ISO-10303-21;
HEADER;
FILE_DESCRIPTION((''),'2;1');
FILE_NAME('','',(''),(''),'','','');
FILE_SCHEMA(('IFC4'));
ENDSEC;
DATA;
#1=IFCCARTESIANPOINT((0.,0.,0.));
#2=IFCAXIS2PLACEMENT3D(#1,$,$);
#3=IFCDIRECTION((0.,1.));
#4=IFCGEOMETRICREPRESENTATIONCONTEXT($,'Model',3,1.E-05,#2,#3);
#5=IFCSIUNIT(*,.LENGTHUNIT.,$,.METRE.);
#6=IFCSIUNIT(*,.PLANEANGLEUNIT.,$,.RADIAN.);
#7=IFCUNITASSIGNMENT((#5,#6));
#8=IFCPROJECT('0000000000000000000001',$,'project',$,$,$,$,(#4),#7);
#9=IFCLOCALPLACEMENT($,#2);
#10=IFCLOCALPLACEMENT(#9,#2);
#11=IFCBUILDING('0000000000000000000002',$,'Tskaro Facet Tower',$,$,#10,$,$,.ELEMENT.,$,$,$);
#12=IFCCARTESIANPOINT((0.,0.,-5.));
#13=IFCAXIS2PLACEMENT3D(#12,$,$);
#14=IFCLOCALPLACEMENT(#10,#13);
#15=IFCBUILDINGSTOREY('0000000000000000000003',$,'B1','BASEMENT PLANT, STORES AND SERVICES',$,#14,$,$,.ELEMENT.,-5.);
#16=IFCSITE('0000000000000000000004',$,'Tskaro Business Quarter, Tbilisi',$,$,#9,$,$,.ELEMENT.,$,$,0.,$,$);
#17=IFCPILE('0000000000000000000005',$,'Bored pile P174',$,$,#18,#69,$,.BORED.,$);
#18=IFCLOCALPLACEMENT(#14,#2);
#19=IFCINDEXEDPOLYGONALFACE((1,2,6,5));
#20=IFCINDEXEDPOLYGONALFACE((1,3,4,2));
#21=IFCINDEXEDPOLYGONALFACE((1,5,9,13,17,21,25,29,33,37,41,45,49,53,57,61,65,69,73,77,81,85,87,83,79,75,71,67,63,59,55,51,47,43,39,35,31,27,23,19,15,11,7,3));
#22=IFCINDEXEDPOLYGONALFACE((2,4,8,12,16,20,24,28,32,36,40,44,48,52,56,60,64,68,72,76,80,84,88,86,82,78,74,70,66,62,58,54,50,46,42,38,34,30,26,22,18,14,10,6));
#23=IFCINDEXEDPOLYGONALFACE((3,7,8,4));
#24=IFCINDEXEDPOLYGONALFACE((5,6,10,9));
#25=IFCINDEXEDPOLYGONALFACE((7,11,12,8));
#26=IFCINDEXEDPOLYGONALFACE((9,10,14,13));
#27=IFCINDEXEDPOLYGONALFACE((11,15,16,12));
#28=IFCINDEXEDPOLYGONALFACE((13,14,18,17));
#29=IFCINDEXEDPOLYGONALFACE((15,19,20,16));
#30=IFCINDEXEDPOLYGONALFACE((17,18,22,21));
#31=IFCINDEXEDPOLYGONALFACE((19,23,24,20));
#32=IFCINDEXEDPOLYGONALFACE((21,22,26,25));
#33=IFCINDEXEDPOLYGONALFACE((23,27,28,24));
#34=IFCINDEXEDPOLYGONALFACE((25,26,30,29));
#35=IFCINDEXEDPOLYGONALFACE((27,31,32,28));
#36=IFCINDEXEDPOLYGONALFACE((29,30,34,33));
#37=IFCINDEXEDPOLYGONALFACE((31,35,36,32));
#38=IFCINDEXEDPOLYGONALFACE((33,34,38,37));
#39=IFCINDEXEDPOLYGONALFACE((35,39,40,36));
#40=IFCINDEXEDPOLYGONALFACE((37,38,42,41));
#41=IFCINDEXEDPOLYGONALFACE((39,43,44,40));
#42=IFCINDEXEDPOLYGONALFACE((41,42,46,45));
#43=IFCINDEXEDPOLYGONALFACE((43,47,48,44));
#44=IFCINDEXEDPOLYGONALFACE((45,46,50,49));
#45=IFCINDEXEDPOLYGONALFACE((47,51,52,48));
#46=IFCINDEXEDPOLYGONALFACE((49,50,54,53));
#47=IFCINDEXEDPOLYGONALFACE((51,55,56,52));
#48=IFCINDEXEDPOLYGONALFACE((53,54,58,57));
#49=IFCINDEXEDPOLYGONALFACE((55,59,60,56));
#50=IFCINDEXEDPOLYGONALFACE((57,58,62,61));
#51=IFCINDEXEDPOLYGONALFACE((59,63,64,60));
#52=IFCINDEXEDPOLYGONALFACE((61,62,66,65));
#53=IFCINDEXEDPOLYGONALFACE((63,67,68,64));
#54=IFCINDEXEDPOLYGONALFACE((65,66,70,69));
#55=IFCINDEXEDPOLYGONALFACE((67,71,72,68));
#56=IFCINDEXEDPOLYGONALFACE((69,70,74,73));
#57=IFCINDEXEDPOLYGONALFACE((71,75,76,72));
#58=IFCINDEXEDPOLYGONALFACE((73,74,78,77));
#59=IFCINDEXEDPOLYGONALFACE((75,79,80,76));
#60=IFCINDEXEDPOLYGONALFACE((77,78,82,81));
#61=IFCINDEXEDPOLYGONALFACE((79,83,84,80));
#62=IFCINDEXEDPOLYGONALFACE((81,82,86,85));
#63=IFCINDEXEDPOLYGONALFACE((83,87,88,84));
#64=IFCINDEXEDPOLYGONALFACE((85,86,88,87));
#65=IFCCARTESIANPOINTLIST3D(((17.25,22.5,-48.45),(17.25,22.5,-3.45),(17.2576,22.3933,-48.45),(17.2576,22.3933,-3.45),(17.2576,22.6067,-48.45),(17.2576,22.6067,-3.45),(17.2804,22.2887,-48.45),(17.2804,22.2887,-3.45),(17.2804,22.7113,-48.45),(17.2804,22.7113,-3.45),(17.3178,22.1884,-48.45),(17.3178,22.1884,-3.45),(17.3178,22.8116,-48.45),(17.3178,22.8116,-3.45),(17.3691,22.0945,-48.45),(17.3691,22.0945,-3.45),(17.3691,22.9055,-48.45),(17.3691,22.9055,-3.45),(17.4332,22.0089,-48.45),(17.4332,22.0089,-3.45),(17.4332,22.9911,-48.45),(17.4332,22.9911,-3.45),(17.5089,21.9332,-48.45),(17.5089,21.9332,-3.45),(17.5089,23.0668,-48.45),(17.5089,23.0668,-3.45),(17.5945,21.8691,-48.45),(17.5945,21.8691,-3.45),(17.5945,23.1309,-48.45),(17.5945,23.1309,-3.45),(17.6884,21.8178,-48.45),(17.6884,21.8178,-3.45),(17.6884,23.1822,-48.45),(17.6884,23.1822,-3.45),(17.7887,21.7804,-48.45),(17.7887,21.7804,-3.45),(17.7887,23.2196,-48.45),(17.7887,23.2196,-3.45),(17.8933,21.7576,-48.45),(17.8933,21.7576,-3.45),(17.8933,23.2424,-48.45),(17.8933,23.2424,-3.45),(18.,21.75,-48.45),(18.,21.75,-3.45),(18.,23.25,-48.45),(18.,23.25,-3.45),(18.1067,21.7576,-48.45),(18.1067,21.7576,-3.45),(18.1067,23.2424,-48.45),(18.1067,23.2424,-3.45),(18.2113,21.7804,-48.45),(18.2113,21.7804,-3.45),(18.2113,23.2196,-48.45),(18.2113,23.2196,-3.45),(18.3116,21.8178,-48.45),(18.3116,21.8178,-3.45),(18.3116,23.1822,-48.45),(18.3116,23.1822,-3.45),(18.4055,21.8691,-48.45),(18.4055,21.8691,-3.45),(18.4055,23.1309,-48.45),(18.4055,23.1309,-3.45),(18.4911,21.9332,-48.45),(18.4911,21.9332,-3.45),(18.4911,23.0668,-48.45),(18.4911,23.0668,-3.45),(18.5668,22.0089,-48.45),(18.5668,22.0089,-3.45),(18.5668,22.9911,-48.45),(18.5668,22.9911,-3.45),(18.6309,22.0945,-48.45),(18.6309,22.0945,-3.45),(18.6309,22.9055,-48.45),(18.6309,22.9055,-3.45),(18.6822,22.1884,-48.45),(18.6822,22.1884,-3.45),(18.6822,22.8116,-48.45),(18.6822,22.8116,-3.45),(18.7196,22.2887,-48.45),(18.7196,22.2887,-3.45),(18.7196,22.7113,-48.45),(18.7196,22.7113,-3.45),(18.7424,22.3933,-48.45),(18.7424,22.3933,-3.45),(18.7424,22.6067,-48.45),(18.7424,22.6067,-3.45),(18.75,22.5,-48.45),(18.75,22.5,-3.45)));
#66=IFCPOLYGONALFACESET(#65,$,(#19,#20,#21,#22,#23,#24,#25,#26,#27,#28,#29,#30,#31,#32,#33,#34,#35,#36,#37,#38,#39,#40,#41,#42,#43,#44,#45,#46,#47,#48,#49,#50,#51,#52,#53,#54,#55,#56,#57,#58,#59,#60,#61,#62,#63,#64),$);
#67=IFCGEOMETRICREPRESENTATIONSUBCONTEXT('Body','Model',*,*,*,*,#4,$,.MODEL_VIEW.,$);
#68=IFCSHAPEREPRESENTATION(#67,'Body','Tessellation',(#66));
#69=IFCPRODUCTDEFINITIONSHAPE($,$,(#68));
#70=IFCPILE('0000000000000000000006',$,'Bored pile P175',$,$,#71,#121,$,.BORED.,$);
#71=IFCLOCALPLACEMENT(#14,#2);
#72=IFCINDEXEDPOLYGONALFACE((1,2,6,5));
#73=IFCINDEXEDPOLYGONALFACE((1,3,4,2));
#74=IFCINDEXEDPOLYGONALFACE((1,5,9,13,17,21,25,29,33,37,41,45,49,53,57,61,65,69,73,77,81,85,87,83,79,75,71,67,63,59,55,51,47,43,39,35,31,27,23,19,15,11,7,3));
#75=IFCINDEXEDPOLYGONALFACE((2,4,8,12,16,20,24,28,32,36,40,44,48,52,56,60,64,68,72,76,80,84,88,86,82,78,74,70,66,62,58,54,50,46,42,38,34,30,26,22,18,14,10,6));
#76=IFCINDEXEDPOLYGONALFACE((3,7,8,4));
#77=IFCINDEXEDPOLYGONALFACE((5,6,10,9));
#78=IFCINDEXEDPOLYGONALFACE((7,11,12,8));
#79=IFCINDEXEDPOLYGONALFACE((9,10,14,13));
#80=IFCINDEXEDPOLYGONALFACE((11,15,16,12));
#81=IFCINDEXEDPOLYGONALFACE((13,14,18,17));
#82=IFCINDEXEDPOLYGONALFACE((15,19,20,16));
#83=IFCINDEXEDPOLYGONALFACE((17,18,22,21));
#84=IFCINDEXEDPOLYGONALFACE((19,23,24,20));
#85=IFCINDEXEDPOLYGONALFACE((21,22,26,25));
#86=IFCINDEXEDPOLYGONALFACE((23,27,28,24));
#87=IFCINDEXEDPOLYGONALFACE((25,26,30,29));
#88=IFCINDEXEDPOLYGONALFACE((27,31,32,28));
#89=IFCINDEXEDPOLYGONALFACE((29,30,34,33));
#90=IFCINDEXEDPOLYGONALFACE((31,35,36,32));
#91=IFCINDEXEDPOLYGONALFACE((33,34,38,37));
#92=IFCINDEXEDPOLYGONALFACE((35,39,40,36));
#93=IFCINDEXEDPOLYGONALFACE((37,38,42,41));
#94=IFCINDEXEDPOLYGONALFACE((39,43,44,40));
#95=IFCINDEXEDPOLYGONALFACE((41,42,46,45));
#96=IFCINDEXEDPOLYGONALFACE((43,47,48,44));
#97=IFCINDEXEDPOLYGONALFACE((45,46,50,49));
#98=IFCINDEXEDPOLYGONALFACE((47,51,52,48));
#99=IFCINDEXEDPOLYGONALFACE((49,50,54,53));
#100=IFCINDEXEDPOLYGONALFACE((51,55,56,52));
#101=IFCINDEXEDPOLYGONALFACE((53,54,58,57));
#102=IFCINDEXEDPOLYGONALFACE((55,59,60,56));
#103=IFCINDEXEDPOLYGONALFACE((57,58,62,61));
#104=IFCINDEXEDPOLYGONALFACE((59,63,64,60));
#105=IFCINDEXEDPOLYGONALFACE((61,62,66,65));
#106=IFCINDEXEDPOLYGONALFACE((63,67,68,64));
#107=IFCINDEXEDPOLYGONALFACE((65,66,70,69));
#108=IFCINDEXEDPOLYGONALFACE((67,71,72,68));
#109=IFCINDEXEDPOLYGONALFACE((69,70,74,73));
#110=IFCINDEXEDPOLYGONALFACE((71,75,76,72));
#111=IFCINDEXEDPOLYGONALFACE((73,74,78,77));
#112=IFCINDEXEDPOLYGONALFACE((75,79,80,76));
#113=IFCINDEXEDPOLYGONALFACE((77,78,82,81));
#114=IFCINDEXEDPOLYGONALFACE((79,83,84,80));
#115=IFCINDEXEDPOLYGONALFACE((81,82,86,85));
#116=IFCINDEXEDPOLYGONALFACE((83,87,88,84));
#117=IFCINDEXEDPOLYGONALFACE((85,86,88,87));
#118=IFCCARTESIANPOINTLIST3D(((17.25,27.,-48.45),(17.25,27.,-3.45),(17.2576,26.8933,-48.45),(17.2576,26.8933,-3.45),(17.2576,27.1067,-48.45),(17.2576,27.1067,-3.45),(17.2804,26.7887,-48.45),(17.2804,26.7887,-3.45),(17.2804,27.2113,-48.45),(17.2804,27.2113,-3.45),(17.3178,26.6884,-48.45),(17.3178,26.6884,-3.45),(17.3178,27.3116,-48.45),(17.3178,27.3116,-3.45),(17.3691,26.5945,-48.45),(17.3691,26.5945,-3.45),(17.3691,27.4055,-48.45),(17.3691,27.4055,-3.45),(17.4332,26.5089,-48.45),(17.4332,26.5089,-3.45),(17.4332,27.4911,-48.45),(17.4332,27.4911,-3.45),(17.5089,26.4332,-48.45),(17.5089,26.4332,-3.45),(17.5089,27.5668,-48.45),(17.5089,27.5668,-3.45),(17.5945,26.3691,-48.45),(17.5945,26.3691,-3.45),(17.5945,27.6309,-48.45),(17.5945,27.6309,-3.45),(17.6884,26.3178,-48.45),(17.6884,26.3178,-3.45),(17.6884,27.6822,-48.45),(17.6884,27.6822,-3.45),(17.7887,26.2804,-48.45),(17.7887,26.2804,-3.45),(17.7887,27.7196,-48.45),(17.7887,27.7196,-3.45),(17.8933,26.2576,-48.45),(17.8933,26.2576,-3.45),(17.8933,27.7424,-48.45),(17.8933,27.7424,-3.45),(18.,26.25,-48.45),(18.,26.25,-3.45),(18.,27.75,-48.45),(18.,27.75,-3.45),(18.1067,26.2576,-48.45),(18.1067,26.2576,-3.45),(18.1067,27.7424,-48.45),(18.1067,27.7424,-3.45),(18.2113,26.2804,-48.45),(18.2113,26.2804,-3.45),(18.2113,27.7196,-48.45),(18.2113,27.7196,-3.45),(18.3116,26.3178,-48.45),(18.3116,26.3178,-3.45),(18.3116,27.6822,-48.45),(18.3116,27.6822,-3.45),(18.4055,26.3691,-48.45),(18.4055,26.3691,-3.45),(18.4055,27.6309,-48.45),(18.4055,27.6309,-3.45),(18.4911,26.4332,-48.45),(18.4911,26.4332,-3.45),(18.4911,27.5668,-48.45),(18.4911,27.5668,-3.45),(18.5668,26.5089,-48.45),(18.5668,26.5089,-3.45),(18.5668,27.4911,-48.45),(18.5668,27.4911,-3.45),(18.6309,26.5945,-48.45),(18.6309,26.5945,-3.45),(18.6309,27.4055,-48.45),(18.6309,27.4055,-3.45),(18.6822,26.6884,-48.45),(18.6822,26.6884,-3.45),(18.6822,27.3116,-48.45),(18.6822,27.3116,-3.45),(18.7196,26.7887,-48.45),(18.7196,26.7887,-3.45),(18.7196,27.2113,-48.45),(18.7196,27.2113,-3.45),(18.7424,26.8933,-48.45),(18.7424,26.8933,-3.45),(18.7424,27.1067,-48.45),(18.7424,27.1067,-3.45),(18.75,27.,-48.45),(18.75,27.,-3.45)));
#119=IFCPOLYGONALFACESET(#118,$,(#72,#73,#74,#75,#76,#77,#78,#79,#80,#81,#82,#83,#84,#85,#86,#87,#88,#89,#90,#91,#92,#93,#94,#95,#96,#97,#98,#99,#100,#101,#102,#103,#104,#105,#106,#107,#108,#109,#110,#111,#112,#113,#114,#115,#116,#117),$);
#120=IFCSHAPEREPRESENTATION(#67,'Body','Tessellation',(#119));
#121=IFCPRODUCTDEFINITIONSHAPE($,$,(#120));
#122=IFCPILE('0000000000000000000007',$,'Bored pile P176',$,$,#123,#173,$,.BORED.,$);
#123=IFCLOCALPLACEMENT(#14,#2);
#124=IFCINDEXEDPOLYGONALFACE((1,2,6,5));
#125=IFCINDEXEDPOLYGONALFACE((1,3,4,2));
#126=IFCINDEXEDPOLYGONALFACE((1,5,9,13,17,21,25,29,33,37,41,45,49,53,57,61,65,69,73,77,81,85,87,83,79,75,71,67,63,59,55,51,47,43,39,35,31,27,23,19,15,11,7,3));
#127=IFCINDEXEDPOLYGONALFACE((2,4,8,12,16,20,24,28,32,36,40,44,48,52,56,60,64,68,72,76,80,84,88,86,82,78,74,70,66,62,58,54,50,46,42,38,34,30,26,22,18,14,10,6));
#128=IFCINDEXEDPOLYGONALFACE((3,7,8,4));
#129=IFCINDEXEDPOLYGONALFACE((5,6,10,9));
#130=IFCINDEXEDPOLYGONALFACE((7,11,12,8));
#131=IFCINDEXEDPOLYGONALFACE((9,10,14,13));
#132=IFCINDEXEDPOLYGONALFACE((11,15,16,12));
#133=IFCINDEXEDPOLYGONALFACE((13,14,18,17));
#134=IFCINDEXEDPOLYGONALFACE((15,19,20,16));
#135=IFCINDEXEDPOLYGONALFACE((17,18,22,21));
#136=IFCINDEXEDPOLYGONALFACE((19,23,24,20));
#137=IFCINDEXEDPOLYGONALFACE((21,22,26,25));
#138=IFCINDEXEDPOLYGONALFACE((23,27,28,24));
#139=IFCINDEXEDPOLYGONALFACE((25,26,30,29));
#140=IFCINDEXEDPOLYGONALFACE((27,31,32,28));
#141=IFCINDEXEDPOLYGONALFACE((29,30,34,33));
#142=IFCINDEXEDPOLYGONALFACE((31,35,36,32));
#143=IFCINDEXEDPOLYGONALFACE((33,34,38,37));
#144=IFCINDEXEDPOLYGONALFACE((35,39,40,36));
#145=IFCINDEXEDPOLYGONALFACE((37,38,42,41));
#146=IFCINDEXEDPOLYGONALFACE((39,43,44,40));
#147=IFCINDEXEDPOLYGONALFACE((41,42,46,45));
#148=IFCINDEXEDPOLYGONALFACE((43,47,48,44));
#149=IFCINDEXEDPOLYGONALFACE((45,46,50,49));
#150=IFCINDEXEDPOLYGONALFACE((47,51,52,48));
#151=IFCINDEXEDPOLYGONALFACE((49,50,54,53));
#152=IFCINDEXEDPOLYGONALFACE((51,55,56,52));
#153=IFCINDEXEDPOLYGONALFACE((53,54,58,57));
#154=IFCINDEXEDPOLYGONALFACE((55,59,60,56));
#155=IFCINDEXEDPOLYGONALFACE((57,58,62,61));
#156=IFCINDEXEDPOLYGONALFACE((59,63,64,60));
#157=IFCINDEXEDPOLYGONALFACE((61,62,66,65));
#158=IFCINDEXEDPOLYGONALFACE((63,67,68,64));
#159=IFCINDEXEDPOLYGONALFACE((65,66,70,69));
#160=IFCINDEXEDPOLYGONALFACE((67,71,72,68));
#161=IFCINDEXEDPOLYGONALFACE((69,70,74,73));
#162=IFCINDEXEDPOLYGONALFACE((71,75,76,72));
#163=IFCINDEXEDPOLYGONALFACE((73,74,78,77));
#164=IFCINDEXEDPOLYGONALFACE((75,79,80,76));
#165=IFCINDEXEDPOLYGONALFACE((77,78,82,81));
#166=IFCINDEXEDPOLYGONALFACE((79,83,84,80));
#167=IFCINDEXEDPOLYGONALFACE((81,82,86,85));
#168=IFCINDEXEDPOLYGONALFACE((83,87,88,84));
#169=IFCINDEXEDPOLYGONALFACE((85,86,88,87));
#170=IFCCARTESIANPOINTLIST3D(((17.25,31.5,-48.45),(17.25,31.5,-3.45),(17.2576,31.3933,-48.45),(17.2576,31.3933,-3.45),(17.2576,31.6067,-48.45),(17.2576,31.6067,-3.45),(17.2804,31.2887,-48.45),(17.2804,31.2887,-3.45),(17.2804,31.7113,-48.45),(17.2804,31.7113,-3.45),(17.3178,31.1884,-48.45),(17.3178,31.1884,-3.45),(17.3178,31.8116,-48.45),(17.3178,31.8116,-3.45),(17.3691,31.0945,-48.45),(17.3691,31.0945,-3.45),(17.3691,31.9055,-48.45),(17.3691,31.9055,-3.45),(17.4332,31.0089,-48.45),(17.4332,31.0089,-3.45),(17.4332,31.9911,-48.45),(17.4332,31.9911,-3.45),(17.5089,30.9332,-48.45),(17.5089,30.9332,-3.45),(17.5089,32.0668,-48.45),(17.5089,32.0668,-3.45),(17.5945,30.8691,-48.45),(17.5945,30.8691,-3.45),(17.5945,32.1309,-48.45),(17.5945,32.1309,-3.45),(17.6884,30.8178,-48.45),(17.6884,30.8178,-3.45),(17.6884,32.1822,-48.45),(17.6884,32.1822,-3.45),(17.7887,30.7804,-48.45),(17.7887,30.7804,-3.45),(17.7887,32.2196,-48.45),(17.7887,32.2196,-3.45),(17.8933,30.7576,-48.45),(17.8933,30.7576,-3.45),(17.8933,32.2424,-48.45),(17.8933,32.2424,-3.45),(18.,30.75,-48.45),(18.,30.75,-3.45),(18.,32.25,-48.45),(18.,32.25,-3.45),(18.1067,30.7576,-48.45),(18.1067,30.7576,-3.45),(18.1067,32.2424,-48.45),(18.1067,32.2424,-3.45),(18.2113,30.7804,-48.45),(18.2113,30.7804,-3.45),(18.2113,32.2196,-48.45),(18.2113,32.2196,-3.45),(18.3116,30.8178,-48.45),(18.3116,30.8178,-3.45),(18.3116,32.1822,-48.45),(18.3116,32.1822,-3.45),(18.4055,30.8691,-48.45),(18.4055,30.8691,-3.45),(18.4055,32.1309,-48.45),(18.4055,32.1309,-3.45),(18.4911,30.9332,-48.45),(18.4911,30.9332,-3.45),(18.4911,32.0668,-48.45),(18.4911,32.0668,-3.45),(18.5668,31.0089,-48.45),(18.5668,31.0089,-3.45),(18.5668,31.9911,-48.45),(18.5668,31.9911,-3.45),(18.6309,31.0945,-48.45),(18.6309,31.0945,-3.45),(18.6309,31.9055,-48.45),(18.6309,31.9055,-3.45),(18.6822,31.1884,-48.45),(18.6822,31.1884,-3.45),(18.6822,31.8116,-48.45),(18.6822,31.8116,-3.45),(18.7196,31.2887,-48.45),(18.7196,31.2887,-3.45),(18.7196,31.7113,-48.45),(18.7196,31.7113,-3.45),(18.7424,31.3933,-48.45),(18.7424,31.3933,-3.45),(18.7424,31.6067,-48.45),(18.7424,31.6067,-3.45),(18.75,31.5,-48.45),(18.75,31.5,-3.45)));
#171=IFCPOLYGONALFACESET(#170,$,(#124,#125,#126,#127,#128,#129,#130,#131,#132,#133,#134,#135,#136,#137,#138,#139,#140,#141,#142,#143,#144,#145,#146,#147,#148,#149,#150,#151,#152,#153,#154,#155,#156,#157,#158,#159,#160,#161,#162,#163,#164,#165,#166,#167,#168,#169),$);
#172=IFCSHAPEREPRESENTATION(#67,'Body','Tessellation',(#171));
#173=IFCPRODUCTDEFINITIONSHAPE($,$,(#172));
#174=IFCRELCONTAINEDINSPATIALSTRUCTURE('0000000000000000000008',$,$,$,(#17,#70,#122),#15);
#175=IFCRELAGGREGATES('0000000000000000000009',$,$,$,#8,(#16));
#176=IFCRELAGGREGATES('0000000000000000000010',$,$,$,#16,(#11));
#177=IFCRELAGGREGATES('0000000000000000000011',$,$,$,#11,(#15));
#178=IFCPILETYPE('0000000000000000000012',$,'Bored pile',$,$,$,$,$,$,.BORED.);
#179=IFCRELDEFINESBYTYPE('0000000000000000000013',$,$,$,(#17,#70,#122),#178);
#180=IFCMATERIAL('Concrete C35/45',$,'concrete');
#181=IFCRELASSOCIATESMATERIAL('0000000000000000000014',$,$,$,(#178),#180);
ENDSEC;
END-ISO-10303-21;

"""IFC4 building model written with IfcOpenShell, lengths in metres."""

from ifc_helpers import new_model, si_unit, direction, frame, origin, origin_2d, place, context, subcontext, project, spatial, circle, extrude, material, material_profile, profile_set, type_object, element, save


model = new_model("IFC4")

# Units and contexts
model_context = context("Model", 3, precision=1e-05, world=origin(), true_north=direction((0.0, 1.0)))
body_context = subcontext(model_context, "Body", "Model", "MODEL_VIEW")
ifc_project = project(units=[si_unit("LENGTHUNIT", "METRE"), si_unit("PLANEANGLEUNIT", "RADIAN")], contexts=[model_context])

# Site, building, storey
site_placement = place(None, origin())
site = spatial("IfcSite", under=ifc_project, at=site_placement, Name="Tskaro Business Quarter, Tbilisi", CompositionType="ELEMENT", RefElevation=0.0)
building_placement = place(site_placement, origin())
building = spatial("IfcBuilding", under=site, at=building_placement, Name="Tskaro Facet Tower", CompositionType="ELEMENT")
storey_placement = place(building_placement, frame((0.0, 0.0, -5.0)))
storey = spatial("IfcBuildingStorey", under=building, at=storey_placement, Name="B1", Description="BASEMENT PLANT, STORES AND SERVICES", CompositionType="ELEMENT", Elevation=-5.0)

# Piles
ifc_material_1 = material(Name="Concrete C35/45", Category="concrete")
ifc_material_profile_1 = material_profile(ifc_material_1, circle(Radius=0.75, at=origin_2d()), Name="Bored pile")
ifc_profile_set_1 = profile_set([ifc_material_profile_1], Name="Concrete C35/45")
pile_type = type_object("IfcPileType", Name="Bored pile", PredefinedType="BORED", material=ifc_profile_set_1)
for number, where, z_axis, x_axis, name in (
    (1, (18.0, 22.5, -3.45), (0.0, 0.0, -1.0), (1.0, 0.0, 0.0), "Bored pile P174"),
    (2, (18.0, 27.0, -3.45), (0.0, 0.0, -1.0), (1.0, 0.0, 0.0), "Bored pile P175"),
    (3, (18.0, 31.5, -3.45), (0.0, 0.0, -1.0), (1.0, 0.0, 0.0), "Bored pile P176"),
):
    element("IfcPile", number, at=place(storey_placement, frame(where, z_axis=z_axis, x_axis=x_axis)), inside=storey, type_object=pile_type, Name=name, PredefinedType="BORED", context=body_context, shape_type="SweptSolid", body=[
        extrude(circle(Radius=0.75, at=origin_2d()), origin(), (0.0, 0.0, 1.0), 45.0),
    ])

save(model, "model.ifc")
